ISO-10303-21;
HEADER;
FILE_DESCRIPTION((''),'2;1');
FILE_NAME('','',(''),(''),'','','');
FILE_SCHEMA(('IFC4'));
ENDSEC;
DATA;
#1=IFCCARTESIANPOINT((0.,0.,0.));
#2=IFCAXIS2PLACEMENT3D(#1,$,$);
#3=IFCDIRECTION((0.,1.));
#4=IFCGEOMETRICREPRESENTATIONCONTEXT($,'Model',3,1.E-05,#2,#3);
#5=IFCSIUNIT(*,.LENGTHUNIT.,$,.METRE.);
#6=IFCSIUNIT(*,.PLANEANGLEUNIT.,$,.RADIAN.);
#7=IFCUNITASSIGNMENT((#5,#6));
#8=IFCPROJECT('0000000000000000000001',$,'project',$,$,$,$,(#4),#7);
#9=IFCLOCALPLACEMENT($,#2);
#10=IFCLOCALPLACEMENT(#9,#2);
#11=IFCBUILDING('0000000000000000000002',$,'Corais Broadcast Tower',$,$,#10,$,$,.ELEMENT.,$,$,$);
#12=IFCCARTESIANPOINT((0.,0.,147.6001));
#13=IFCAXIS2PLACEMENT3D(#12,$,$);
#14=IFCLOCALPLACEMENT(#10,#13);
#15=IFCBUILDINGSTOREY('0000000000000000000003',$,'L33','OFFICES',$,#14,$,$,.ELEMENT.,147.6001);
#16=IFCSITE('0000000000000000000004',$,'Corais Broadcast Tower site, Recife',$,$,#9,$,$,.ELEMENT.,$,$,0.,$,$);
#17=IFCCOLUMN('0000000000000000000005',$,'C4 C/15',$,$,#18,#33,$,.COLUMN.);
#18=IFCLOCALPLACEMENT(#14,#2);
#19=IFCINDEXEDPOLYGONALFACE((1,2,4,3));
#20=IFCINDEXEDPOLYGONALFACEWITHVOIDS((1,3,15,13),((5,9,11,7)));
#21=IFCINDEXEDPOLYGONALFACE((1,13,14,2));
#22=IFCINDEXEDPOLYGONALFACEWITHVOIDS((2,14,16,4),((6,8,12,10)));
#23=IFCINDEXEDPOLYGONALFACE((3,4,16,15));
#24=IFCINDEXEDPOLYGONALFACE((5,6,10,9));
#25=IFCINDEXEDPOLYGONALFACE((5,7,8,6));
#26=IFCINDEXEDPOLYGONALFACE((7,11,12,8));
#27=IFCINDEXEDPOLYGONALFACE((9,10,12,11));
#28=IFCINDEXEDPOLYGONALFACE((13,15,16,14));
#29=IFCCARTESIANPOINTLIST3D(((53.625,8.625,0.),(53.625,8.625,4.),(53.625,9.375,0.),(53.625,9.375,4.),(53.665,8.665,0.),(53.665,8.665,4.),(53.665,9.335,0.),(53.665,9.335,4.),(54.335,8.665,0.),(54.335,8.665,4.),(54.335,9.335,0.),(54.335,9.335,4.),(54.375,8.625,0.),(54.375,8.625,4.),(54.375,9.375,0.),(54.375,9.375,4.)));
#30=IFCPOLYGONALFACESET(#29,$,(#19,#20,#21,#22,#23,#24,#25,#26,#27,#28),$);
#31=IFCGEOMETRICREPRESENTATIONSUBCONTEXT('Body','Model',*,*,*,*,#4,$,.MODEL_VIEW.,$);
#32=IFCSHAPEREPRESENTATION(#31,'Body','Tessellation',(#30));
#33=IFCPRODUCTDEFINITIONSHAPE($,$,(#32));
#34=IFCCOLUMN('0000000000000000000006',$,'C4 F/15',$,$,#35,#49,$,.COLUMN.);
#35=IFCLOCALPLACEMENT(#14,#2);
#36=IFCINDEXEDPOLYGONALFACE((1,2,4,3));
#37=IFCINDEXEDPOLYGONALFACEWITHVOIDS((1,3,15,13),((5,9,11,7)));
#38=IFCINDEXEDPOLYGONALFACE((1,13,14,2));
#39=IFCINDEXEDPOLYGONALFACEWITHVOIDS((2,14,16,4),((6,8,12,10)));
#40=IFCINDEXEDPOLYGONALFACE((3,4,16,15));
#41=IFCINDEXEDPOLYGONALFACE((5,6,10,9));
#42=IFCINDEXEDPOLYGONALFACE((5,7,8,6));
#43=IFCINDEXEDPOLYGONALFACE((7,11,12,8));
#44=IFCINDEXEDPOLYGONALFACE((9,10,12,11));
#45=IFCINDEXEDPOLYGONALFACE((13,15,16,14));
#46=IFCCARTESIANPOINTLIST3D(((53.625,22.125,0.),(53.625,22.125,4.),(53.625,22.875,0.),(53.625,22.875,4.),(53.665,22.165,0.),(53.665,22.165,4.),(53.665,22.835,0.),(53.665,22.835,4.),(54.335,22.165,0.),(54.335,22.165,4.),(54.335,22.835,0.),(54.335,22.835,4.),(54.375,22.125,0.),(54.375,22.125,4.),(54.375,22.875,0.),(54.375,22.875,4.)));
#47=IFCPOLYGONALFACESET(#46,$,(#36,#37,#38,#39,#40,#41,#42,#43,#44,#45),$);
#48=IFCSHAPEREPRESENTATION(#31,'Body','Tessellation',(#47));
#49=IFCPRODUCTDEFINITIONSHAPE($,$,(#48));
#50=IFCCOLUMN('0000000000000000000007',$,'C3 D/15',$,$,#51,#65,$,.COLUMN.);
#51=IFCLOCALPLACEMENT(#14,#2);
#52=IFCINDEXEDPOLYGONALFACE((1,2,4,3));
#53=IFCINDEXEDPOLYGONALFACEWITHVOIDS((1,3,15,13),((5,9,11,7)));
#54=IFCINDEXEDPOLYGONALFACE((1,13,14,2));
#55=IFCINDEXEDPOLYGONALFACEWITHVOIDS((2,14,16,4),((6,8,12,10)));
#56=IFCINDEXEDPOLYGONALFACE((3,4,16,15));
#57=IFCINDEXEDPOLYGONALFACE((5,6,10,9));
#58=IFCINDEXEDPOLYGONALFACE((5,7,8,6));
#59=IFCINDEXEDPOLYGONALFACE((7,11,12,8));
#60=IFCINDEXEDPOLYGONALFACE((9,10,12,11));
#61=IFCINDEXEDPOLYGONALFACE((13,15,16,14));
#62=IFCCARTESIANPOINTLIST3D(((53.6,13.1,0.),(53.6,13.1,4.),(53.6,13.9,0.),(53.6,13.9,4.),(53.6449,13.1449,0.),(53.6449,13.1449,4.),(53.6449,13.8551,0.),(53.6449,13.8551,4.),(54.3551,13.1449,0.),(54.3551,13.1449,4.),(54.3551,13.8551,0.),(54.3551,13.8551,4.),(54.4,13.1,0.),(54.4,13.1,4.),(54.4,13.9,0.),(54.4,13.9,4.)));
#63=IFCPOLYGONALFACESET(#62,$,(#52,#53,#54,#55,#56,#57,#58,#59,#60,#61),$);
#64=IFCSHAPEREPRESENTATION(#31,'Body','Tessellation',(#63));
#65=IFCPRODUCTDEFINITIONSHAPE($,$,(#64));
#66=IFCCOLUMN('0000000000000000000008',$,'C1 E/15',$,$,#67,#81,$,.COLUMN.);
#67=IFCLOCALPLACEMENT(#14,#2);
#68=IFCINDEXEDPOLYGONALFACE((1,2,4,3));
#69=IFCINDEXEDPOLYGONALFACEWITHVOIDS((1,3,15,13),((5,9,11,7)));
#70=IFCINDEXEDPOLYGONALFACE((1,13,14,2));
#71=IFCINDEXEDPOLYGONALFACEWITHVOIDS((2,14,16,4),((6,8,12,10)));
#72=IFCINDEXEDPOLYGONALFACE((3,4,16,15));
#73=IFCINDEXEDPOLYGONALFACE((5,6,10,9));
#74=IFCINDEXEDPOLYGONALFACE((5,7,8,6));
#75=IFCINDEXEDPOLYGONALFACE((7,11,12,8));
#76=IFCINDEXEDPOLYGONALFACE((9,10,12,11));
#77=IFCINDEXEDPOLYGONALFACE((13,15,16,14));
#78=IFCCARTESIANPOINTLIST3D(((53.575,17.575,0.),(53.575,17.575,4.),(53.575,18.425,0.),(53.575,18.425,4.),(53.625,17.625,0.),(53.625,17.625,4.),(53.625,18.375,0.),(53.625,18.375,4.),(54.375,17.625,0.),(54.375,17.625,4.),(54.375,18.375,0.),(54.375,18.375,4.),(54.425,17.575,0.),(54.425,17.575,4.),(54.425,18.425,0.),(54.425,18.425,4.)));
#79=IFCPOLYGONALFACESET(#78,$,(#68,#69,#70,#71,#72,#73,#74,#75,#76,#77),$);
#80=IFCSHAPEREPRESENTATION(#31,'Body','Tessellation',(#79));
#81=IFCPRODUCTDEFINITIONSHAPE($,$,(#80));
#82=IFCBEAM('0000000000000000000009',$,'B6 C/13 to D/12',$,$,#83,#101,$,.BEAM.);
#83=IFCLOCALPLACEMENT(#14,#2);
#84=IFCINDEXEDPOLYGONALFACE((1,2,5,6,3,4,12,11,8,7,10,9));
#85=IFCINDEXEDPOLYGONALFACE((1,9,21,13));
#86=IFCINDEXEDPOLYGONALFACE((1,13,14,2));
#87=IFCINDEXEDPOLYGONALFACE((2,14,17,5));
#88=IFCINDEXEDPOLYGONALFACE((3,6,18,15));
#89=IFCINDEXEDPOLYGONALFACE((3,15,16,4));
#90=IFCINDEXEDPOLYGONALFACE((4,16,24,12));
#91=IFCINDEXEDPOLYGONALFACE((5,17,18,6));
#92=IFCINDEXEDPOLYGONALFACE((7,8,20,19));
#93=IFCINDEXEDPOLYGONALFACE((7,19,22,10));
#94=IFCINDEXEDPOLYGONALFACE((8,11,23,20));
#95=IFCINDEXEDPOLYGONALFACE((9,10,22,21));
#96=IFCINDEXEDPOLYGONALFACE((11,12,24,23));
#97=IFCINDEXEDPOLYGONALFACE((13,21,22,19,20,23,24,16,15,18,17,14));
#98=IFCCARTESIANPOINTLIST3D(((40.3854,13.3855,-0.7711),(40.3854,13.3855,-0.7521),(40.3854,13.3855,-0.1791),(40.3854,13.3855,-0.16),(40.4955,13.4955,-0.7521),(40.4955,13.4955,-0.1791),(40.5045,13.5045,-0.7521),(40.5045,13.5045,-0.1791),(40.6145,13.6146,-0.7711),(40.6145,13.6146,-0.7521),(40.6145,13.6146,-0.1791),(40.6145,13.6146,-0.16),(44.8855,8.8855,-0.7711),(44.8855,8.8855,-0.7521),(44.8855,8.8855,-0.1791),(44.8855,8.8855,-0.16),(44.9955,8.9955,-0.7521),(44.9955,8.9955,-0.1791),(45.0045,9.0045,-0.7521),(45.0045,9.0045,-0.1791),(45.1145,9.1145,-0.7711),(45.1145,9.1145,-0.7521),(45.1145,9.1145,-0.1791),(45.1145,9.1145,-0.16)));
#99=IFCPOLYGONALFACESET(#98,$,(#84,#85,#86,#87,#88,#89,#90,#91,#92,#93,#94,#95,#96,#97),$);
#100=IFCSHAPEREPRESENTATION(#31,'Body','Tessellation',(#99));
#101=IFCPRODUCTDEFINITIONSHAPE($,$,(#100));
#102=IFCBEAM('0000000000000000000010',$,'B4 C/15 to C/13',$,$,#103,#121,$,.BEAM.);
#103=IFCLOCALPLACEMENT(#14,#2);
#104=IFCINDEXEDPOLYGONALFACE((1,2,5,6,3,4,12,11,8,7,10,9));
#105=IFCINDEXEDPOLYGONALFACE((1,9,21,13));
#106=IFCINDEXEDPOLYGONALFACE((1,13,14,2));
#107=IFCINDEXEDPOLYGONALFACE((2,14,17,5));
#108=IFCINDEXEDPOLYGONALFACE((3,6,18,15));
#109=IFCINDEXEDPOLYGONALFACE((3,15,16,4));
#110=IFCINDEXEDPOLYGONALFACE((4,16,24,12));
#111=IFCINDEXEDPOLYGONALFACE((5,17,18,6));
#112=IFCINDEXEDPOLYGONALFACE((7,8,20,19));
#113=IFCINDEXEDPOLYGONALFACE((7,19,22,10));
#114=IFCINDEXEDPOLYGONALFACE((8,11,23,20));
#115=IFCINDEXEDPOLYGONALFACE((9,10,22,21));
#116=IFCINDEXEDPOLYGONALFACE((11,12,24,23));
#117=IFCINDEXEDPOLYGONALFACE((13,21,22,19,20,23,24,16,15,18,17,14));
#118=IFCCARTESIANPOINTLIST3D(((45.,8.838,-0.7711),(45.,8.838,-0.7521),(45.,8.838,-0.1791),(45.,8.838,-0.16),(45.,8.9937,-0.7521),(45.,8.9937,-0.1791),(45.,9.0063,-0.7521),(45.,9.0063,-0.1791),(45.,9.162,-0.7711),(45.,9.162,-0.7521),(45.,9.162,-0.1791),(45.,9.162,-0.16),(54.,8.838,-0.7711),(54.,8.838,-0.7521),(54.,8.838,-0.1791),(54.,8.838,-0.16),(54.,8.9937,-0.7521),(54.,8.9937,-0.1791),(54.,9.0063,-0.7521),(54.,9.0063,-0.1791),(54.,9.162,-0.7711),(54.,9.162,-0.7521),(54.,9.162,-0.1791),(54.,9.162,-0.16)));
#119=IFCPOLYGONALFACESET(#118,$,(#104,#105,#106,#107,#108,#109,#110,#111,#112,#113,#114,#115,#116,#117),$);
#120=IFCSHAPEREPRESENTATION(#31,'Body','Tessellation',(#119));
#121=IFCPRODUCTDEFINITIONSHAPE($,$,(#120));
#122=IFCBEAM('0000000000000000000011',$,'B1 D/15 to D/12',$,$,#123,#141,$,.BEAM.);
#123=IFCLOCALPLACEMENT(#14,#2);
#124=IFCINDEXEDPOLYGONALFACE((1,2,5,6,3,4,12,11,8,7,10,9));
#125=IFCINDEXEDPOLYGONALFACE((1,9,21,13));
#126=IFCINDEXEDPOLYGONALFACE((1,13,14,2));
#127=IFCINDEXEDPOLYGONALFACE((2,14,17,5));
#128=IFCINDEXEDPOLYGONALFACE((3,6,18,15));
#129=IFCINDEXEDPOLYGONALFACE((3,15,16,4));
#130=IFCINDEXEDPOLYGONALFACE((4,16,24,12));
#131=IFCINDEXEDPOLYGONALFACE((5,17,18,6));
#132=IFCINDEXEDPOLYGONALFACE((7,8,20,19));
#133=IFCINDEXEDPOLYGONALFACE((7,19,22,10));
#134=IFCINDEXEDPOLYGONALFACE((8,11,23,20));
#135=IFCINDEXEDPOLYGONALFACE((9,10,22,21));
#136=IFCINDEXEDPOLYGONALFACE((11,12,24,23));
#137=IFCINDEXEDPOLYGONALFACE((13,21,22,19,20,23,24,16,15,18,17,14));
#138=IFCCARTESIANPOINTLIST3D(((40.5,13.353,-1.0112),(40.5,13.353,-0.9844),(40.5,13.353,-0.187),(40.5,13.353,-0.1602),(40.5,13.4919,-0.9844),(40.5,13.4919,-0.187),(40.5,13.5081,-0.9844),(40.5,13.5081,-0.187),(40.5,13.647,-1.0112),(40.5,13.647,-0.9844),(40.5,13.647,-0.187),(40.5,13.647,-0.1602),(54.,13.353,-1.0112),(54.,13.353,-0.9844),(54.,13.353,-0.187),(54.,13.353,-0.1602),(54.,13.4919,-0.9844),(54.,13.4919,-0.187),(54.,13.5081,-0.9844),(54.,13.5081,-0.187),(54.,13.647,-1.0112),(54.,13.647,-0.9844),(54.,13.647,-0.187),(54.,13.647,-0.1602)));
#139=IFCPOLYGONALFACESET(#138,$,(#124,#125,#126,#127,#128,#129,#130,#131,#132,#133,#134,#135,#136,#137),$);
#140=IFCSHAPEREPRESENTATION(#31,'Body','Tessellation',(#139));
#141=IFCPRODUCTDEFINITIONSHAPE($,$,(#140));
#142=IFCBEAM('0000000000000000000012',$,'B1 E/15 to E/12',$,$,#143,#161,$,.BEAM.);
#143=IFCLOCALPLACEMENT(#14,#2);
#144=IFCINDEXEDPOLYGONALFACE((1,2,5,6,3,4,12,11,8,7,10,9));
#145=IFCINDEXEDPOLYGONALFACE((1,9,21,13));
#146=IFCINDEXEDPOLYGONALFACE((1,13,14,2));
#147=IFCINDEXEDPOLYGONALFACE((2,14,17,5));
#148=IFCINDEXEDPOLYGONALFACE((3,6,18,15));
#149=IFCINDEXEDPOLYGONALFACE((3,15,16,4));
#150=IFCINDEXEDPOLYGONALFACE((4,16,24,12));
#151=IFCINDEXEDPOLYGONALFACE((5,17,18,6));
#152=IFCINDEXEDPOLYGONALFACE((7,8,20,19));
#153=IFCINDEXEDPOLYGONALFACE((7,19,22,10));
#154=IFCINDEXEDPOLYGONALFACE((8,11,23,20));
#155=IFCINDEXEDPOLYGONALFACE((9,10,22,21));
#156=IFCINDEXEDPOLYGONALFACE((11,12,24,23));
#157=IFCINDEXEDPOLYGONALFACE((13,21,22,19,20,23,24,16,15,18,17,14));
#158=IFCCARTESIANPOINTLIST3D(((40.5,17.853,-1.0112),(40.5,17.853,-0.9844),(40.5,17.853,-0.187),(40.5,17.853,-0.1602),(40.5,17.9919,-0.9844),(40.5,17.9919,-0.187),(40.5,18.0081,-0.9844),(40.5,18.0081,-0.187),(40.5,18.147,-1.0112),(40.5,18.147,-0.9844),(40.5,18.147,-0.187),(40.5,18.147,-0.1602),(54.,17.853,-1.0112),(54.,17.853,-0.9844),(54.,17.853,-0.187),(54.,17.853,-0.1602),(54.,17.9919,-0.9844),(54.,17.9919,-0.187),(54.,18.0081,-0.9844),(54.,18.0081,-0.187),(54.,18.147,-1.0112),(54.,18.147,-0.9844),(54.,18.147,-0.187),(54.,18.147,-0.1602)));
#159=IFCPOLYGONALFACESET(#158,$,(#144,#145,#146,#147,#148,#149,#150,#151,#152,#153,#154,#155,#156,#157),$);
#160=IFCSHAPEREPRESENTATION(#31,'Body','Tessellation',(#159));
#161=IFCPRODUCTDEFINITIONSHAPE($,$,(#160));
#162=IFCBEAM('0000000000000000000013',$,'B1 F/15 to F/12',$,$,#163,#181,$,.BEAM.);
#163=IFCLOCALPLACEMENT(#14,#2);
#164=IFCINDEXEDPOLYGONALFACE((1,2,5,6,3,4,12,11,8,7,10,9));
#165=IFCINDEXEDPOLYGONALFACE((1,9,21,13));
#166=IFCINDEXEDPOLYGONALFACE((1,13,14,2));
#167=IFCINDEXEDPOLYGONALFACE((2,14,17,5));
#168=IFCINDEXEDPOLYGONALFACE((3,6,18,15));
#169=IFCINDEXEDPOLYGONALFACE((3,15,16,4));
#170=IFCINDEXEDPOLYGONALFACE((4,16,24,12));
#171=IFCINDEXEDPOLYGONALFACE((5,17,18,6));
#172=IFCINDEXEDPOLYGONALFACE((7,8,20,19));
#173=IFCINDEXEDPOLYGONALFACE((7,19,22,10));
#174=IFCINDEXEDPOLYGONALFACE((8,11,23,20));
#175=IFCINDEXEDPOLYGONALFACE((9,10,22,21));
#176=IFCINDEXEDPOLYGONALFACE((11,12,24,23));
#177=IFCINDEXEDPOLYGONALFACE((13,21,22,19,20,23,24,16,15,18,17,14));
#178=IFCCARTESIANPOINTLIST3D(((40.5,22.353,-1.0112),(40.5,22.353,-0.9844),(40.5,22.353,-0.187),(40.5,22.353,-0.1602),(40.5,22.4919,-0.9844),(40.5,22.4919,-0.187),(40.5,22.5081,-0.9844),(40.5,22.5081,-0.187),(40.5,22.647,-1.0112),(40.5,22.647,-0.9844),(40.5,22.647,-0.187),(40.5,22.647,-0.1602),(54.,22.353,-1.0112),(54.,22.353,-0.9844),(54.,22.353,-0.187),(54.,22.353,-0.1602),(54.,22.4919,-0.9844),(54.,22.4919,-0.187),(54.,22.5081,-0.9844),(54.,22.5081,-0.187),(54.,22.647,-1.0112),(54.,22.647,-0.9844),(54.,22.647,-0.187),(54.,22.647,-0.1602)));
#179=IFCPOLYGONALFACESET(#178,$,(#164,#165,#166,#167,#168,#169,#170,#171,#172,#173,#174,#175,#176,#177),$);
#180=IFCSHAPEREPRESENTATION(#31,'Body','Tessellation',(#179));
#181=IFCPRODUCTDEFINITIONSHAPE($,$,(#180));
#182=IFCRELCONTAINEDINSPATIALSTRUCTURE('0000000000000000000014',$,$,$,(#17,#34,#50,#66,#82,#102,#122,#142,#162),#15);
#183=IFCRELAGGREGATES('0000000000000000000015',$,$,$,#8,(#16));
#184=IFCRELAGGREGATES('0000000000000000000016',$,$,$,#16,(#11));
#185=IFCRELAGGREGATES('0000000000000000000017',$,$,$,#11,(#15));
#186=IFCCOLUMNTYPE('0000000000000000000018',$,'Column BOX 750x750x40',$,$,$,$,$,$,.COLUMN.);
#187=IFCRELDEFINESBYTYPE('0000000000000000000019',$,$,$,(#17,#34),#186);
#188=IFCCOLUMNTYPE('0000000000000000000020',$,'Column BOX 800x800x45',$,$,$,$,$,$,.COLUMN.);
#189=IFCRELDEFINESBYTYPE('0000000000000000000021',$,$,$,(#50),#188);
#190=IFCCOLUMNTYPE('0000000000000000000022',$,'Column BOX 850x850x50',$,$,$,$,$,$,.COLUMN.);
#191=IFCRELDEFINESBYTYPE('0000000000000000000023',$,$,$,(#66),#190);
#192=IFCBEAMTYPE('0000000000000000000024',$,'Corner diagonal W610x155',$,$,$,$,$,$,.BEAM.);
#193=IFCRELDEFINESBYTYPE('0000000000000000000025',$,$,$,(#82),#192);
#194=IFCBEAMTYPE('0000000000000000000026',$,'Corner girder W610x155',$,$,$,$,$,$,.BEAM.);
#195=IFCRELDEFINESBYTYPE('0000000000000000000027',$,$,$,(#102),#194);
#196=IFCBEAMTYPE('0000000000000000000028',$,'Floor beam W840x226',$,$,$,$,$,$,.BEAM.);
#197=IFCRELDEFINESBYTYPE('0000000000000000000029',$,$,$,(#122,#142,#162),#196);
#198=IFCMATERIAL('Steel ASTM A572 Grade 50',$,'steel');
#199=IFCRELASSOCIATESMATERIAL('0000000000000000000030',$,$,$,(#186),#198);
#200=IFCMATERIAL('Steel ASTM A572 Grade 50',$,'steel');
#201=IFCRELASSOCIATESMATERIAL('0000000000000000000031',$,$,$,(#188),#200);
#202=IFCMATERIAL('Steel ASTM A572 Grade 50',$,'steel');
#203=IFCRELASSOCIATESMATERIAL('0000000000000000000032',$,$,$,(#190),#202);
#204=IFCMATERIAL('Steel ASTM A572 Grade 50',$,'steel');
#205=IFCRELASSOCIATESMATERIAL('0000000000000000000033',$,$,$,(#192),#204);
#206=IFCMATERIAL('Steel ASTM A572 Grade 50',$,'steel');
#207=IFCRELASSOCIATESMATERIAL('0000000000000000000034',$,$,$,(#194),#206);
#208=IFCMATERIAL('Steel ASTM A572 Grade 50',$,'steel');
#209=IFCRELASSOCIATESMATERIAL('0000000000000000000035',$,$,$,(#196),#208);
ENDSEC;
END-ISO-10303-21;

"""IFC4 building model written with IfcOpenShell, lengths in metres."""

from ifc_helpers import new_model, si_unit, direction, frame, origin, origin_2d, place, context, subcontext, project, spatial, hollow_rectangle, i_section, extrude, material, material_profile, profile_set, type_object, element, save


model = new_model("IFC4")

# Units and contexts
model_context = context("Model", 3, precision=1e-05, world=origin(), true_north=direction((0.0, 1.0)))
body_context = subcontext(model_context, "Body", "Model", "MODEL_VIEW")
ifc_project = project(units=[si_unit("LENGTHUNIT", "METRE"), si_unit("PLANEANGLEUNIT", "RADIAN")], contexts=[model_context])

# Site, building, storey
site_placement = place(None, origin())
site = spatial("IfcSite", under=ifc_project, at=site_placement, Name="Corais Broadcast Tower site, Recife", CompositionType="ELEMENT", RefElevation=0.0)
building_placement = place(site_placement, origin())
building = spatial("IfcBuilding", under=site, at=building_placement, Name="Corais Broadcast Tower", CompositionType="ELEMENT")
storey_placement = place(building_placement, frame((0.0, 0.0, 147.6001)))
storey = spatial("IfcBuildingStorey", under=building, at=storey_placement, Name="L33", Description="OFFICES", CompositionType="ELEMENT", Elevation=147.6001)

# Columns
ifc_material_1 = material(Name="Steel ASTM A572 Grade 50", Category="steel")
ifc_material_profile_1 = material_profile(ifc_material_1, hollow_rectangle(XDim=0.75, YDim=0.75, WallThickness=0.04, at=origin_2d()), Name="BOX 750x750x40")
ifc_profile_set_1 = profile_set([ifc_material_profile_1], Name="Steel ASTM A572 Grade 50")
column_type_1 = type_object("IfcColumnType", Name="Column BOX 750x750x40", PredefinedType="COLUMN", material=ifc_profile_set_1)
for number, where, z_axis, x_axis, name in (
    (1, (54.0, 9.0, 0.0), (0.0, 0.0, 1.0), (1.0, 0.0, 0.0), "C4 C/15"),
    (2, (54.0, 22.5, 0.0), (0.0, 0.0, 1.0), (1.0, 0.0, 0.0), "C4 F/15"),
):
    element("IfcColumn", number, at=place(storey_placement, frame(where, z_axis=z_axis, x_axis=x_axis)), inside=storey, type_object=column_type_1, Name=name, PredefinedType="COLUMN", context=body_context, shape_type="SweptSolid", body=[
        extrude(hollow_rectangle(XDim=0.75, YDim=0.75, WallThickness=0.04, at=origin_2d()), origin(), (0.0, 0.0, 1.0), 4.0),
    ])
ifc_material_2 = material(Name="Steel ASTM A572 Grade 50", Category="steel")
ifc_material_profile_2 = material_profile(ifc_material_2, hollow_rectangle(XDim=0.8, YDim=0.8, WallThickness=0.0449, at=origin_2d()), Name="BOX 800x800x45")
ifc_profile_set_2 = profile_set([ifc_material_profile_2], Name="Steel ASTM A572 Grade 50")
column_type_2 = type_object("IfcColumnType", Name="Column BOX 800x800x45", PredefinedType="COLUMN", material=ifc_profile_set_2)
column_1_placement = place(storey_placement, frame((54.0, 13.5, 0.0), z_axis=(0.0, 0.0, 1.0), x_axis=(1.0, 0.0, 0.0)))
element("IfcColumn", 3, at=column_1_placement, inside=storey, type_object=column_type_2, Name="C3 D/15", PredefinedType="COLUMN", context=body_context, shape_type="SweptSolid", body=[
    extrude(hollow_rectangle(XDim=0.8, YDim=0.8, WallThickness=0.0449, at=origin_2d()), origin(), (0.0, 0.0, 1.0), 4.0),
])
ifc_material_3 = material(Name="Steel ASTM A572 Grade 50", Category="steel")
ifc_material_profile_3 = material_profile(ifc_material_3, hollow_rectangle(XDim=0.8501, YDim=0.8501, WallThickness=0.05, at=origin_2d()), Name="BOX 850x850x50")
ifc_profile_set_3 = profile_set([ifc_material_profile_3], Name="Steel ASTM A572 Grade 50")
column_type_3 = type_object("IfcColumnType", Name="Column BOX 850x850x50", PredefinedType="COLUMN", material=ifc_profile_set_3)
column_2_placement = place(storey_placement, frame((54.0, 18.0, 0.0), z_axis=(0.0, 0.0, 1.0), x_axis=(1.0, 0.0, 0.0)))
element("IfcColumn", 4, at=column_2_placement, inside=storey, type_object=column_type_3, Name="C1 E/15", PredefinedType="COLUMN", context=body_context, shape_type="SweptSolid", body=[
    extrude(hollow_rectangle(XDim=0.8501, YDim=0.8501, WallThickness=0.05, at=origin_2d()), origin(), (0.0, 0.0, 1.0), 4.0),
])

# Beams
ifc_material_4 = material(Name="Steel ASTM A572 Grade 50", Category="steel")
ifc_material_profile_4 = material_profile(ifc_material_4, i_section(OverallWidth=0.324, OverallDepth=0.6111, WebThickness=0.0127, FlangeThickness=0.019, at=origin_2d()), Name="W610x155")
ifc_profile_set_4 = profile_set([ifc_material_profile_4], Name="Steel ASTM A572 Grade 50")
beam_type_1 = type_object("IfcBeamType", Name="Corner diagonal W610x155", PredefinedType="BEAM", material=ifc_profile_set_4)
beam_1_placement = place(storey_placement, frame((45.0, 9.0, -0.4656), z_axis=(-0.707107, 0.707107, 0.0), x_axis=(-0.707107, -0.707107, 0.0)))
element("IfcBeam", 5, at=beam_1_placement, inside=storey, type_object=beam_type_1, Name="B6 C/13 to D/12", PredefinedType="BEAM", context=body_context, shape_type="SweptSolid", body=[
    extrude(i_section(OverallWidth=0.324, OverallDepth=0.6111, WebThickness=0.0127, FlangeThickness=0.019, at=origin_2d()), origin(), (0.0, 0.0, 1.0), 6.364),
])
ifc_material_5 = material(Name="Steel ASTM A572 Grade 50", Category="steel")
ifc_material_profile_5 = material_profile(ifc_material_5, i_section(OverallWidth=0.324, OverallDepth=0.6111, WebThickness=0.0127, FlangeThickness=0.019, at=origin_2d()), Name="W610x155")
ifc_profile_set_5 = profile_set([ifc_material_profile_5], Name="Steel ASTM A572 Grade 50")
beam_type_2 = type_object("IfcBeamType", Name="Corner girder W610x155", PredefinedType="BEAM", material=ifc_profile_set_5)
beam_2_placement = place(storey_placement, frame((54.0, 9.0, -0.4656), z_axis=(-1.0, 0.0, 0.0), x_axis=(0.0, -1.0, 0.0)))
element("IfcBeam", 6, at=beam_2_placement, inside=storey, type_object=beam_type_2, Name="B4 C/15 to C/13", PredefinedType="BEAM", context=body_context, shape_type="SweptSolid", body=[
    extrude(i_section(OverallWidth=0.324, OverallDepth=0.6111, WebThickness=0.0127, FlangeThickness=0.019, at=origin_2d()), origin(), (0.0, 0.0, 1.0), 9.0),
])
ifc_material_6 = material(Name="Steel ASTM A572 Grade 50", Category="steel")
ifc_material_profile_6 = material_profile(ifc_material_6, i_section(OverallWidth=0.2939, OverallDepth=0.8511, WebThickness=0.0161, FlangeThickness=0.0269, at=origin_2d()), Name="W840x226")
ifc_profile_set_6 = profile_set([ifc_material_profile_6], Name="Steel ASTM A572 Grade 50")
beam_type_3 = type_object("IfcBeamType", Name="Floor beam W840x226", PredefinedType="BEAM", material=ifc_profile_set_6)
for number, where, z_axis, x_axis, name in (
    (7, (54.0, 13.5, -0.5857), (-1.0, 0.0, 0.0), (0.0, -1.0, 0.0), "B1 D/15 to D/12"),
    (8, (54.0, 18.0, -0.5857), (-1.0, 0.0, 0.0), (0.0, -1.0, 0.0), "B1 E/15 to E/12"),
    (9, (54.0, 22.5, -0.5857), (-1.0, 0.0, 0.0), (0.0, -1.0, 0.0), "B1 F/15 to F/12"),
):
    element("IfcBeam", number, at=place(storey_placement, frame(where, z_axis=z_axis, x_axis=x_axis)), inside=storey, type_object=beam_type_3, Name=name, PredefinedType="BEAM", context=body_context, shape_type="SweptSolid", body=[
        extrude(i_section(OverallWidth=0.2939, OverallDepth=0.8511, WebThickness=0.0161, FlangeThickness=0.0269, at=origin_2d()), origin(), (0.0, 0.0, 1.0), 13.5),
    ])

save(model, "model.ifc")
